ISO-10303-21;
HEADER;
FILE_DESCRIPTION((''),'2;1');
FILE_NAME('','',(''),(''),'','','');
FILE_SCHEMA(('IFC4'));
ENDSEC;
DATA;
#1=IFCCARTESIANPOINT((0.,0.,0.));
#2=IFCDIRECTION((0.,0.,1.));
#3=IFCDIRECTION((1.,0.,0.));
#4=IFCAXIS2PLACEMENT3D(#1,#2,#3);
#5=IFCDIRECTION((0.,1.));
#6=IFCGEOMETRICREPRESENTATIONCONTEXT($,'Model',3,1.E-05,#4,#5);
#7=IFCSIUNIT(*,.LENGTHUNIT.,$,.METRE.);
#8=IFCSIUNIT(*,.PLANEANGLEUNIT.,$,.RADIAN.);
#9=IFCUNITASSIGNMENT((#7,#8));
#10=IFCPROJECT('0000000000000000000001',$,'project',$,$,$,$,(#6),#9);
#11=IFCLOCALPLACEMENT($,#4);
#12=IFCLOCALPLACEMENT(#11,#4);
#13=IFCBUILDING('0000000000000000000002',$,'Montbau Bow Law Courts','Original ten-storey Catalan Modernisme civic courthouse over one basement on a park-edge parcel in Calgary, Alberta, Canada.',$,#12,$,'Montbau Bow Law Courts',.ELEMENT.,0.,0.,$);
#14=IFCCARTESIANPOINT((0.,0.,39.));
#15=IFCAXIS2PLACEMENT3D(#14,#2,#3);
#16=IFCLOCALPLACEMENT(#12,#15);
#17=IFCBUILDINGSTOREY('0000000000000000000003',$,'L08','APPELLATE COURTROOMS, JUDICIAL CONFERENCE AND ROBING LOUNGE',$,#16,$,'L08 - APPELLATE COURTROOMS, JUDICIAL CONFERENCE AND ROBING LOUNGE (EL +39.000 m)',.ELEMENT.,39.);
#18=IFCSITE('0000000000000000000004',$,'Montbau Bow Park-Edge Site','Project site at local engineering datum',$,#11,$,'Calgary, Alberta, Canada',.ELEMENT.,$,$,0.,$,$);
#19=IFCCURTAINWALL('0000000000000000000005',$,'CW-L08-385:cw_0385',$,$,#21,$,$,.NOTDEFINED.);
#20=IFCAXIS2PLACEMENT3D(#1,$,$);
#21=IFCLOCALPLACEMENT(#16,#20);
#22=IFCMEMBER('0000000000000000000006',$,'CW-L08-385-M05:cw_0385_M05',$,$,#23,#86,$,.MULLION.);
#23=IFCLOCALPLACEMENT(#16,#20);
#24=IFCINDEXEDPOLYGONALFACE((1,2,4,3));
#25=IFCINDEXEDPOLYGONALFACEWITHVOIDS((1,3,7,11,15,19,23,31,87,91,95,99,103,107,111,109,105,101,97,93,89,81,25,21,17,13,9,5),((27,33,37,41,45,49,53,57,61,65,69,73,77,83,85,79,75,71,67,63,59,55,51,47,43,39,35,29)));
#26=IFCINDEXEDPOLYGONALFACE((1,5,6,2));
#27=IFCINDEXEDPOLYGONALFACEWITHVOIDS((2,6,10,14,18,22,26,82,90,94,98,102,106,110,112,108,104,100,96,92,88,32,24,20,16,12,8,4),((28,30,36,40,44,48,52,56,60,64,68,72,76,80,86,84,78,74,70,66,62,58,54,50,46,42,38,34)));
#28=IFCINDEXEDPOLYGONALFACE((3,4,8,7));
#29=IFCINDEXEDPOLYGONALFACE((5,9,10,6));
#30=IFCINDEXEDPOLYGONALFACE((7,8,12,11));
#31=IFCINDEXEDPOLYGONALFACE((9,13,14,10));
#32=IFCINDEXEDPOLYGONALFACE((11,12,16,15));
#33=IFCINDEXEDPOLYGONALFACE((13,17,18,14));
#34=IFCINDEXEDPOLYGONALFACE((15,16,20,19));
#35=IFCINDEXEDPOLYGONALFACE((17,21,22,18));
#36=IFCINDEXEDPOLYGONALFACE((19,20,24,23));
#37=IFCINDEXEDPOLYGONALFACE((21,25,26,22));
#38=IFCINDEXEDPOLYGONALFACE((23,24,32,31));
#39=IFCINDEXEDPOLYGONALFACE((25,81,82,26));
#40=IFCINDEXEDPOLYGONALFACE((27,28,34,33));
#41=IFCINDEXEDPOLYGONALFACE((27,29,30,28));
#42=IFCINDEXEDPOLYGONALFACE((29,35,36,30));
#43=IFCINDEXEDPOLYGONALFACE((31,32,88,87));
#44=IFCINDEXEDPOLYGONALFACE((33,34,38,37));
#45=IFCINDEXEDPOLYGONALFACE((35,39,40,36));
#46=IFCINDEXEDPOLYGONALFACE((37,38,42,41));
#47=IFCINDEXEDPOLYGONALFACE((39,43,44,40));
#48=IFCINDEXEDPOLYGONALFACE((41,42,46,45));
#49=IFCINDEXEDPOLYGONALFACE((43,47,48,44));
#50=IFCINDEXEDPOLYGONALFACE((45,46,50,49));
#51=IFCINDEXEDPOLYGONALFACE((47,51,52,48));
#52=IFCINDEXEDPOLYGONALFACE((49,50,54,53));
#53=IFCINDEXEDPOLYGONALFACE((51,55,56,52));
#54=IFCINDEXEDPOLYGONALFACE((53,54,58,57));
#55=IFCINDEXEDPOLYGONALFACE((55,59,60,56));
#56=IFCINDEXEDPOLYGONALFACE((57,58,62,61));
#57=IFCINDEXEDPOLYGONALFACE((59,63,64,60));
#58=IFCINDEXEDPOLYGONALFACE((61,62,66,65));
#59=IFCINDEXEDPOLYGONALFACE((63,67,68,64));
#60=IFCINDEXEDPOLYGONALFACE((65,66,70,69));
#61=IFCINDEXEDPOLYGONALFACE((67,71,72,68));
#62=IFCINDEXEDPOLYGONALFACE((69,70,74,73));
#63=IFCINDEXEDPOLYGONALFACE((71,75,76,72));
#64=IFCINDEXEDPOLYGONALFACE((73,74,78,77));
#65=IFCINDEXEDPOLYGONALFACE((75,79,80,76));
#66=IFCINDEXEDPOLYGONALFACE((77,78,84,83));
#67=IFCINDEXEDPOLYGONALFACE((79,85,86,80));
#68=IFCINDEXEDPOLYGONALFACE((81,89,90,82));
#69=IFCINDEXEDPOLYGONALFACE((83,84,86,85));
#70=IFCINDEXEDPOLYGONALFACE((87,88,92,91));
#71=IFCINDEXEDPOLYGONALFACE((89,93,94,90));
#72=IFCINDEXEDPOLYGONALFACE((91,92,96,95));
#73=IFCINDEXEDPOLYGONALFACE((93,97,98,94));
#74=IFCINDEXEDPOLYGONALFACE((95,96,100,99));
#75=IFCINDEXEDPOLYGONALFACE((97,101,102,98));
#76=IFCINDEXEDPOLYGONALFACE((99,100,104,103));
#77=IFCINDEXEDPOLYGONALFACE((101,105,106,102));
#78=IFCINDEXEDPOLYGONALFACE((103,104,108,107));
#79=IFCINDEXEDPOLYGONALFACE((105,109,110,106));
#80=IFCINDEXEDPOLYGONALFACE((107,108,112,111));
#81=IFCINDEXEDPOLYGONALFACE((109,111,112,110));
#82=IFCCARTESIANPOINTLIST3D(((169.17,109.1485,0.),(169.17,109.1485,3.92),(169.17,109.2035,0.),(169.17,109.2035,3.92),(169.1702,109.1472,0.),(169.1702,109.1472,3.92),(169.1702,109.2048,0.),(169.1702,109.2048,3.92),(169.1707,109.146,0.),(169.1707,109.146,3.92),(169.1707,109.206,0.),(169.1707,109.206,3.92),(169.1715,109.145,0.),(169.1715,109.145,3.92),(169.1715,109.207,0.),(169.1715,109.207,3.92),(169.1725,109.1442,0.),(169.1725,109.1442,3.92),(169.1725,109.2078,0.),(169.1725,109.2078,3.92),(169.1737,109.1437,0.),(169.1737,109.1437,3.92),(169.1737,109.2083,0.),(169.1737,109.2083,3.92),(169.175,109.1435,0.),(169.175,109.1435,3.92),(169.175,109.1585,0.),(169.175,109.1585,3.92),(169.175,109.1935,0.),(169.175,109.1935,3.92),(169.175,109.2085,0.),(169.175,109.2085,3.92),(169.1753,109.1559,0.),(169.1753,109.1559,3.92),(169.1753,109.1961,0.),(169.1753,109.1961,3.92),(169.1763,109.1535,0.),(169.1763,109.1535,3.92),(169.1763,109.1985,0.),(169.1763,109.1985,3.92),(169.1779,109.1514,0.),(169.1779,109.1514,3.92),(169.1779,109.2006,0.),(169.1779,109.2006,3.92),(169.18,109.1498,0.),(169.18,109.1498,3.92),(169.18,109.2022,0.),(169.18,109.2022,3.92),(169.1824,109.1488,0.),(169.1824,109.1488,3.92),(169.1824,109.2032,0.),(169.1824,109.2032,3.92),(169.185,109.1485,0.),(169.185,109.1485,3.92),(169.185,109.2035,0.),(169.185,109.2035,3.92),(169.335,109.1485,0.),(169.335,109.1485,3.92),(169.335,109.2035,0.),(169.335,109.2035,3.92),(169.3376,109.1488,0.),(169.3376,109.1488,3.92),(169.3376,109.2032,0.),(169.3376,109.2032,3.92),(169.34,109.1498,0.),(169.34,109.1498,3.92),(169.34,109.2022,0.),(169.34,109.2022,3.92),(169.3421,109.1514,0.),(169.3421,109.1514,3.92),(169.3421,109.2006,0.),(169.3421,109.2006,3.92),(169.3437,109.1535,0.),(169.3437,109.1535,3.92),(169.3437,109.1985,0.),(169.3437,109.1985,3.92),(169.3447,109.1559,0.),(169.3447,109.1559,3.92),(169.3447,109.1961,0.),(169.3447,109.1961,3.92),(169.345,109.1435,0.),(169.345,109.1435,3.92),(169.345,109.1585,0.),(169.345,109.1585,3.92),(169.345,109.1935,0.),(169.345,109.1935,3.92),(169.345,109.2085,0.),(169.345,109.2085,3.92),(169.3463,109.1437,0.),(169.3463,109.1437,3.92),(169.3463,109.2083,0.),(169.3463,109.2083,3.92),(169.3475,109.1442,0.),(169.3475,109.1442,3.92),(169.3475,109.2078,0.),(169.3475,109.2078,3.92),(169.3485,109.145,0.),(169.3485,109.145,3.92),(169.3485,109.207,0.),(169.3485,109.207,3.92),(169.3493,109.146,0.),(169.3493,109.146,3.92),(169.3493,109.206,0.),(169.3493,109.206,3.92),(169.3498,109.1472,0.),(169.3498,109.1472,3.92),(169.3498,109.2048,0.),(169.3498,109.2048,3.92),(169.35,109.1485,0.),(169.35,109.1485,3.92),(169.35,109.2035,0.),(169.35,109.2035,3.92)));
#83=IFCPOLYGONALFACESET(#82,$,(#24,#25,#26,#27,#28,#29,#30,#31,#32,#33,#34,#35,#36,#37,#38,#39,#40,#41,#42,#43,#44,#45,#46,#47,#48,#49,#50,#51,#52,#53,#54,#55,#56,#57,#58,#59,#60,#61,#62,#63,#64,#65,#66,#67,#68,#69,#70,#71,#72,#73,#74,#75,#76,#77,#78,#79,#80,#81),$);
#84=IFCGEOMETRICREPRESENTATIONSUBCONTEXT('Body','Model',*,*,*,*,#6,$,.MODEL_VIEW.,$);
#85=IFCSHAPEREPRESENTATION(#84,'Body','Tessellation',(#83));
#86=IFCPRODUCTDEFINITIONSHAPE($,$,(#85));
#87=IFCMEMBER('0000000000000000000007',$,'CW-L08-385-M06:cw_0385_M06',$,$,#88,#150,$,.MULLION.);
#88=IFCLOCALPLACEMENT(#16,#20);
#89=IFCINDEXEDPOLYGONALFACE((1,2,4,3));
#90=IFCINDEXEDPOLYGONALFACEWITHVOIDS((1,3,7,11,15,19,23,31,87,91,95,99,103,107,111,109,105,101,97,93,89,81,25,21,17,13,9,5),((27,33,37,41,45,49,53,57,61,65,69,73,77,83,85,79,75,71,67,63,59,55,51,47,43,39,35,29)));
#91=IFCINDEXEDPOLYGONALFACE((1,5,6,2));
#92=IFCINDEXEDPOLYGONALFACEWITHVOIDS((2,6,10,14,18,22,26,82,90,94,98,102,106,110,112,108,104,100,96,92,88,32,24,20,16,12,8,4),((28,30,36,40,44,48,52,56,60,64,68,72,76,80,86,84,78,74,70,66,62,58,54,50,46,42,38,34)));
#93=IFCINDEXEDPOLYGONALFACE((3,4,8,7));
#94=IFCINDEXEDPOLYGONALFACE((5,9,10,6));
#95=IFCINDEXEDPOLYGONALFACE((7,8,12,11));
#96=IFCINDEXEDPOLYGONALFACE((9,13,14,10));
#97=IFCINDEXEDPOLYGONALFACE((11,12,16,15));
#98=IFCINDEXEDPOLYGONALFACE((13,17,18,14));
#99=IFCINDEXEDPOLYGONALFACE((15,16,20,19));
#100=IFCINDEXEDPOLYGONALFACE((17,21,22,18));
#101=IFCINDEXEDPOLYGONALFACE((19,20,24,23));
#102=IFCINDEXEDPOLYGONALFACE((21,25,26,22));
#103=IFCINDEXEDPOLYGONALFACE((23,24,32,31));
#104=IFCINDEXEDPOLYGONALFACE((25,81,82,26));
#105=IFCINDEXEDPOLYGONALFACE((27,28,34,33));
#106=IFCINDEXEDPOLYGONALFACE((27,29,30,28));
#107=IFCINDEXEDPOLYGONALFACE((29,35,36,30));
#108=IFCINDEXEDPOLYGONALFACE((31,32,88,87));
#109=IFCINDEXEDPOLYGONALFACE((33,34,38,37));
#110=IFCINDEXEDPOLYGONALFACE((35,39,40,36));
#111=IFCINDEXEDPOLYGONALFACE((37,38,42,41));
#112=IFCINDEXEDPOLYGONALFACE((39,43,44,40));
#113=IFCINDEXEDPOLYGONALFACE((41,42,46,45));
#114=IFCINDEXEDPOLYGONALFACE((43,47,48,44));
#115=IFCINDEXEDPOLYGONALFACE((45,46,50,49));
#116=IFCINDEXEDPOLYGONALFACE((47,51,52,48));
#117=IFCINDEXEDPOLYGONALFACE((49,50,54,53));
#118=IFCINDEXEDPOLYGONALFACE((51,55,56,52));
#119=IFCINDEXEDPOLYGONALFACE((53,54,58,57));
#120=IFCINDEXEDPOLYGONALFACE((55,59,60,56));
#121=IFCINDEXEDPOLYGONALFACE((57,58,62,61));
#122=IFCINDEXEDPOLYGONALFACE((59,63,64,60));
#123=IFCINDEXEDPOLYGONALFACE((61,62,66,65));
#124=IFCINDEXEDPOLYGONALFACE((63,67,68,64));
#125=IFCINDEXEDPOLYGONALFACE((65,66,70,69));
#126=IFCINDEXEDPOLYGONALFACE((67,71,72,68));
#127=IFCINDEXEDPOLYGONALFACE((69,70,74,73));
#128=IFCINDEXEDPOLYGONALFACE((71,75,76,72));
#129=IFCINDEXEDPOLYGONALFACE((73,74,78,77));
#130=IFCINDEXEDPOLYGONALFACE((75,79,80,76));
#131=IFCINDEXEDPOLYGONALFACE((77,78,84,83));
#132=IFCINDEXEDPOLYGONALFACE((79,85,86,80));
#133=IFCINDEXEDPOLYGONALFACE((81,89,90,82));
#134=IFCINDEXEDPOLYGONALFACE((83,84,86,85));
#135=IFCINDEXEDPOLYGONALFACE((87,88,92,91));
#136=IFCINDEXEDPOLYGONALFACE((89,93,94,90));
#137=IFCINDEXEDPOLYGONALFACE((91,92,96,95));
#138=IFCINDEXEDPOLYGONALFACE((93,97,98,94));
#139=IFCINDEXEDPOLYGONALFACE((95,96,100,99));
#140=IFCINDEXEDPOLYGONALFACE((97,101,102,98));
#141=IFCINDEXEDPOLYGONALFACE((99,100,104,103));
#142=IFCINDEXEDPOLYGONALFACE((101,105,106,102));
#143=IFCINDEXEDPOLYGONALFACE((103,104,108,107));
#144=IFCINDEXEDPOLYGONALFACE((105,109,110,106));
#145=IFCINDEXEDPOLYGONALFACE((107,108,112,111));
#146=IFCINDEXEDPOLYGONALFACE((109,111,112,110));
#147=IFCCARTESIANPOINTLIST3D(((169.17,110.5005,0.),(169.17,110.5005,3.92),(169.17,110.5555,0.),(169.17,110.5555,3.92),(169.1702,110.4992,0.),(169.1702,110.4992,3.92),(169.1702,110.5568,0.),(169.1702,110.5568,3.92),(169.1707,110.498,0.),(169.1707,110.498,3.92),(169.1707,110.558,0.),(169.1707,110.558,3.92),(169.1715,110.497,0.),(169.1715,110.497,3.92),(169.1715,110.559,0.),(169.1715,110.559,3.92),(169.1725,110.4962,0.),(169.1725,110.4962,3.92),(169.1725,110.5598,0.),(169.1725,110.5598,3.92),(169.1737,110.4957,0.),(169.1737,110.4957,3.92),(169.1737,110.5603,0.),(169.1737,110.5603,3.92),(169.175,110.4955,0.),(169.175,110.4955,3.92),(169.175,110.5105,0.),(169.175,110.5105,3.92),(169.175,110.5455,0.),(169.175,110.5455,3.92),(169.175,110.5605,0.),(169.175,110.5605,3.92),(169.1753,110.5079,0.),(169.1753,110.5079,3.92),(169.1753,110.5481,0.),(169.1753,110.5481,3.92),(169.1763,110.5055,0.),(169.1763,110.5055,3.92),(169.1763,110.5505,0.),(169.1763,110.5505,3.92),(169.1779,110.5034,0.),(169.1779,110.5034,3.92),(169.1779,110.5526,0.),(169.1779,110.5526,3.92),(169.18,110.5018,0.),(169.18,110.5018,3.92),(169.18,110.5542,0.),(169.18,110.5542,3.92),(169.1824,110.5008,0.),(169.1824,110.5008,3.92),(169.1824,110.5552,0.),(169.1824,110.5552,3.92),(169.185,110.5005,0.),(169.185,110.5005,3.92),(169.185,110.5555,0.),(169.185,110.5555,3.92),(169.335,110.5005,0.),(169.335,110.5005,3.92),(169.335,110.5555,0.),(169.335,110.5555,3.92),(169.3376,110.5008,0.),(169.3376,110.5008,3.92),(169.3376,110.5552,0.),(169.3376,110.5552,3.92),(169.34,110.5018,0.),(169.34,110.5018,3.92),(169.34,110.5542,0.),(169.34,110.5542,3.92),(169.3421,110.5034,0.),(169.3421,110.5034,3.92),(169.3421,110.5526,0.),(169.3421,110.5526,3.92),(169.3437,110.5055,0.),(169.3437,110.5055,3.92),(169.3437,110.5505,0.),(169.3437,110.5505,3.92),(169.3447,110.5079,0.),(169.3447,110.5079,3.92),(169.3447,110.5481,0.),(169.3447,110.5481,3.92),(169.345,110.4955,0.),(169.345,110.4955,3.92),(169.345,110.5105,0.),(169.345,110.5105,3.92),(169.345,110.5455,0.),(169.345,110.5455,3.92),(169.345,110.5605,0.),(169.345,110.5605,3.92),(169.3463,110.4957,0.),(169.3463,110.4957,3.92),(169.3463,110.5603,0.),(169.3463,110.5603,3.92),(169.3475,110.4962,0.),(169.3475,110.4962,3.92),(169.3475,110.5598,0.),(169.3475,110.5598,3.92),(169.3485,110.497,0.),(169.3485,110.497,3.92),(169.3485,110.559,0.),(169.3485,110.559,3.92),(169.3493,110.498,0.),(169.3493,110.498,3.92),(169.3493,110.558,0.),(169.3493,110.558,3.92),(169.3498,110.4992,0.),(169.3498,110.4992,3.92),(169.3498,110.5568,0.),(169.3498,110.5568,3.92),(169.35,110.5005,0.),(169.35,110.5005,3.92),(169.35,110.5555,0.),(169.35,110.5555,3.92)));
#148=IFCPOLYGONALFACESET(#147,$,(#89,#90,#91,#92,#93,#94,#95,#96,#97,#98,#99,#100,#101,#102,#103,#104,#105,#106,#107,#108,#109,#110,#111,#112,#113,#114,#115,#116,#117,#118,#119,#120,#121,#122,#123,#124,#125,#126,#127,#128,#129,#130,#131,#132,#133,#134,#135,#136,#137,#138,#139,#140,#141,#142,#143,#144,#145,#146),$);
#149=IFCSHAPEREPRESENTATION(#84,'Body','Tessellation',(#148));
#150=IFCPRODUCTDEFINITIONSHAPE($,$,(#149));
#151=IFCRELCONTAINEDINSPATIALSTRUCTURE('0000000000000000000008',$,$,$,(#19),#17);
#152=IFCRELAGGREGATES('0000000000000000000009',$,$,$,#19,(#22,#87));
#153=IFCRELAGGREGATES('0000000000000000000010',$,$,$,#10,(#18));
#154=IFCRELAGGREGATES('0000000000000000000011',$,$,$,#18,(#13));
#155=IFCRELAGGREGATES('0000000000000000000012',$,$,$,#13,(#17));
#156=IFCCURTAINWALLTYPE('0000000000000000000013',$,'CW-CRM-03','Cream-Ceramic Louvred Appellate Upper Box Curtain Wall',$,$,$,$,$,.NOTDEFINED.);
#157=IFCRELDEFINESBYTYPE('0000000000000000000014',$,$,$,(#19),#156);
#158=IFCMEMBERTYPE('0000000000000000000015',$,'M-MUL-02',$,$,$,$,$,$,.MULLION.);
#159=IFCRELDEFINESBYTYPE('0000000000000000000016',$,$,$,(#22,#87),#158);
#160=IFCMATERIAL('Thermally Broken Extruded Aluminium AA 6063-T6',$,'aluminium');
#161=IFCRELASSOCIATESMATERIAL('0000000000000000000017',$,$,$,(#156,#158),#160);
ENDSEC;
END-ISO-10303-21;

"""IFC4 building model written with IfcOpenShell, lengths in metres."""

from ifc_helpers import new_model, si_unit, direction, frame, origin_with_axes, origin_2d_with_axis, place, context, subcontext, project, spatial, hollow_rectangle, extrude, material, material_profile, profile_set, type_object, element, aggregate, save


model = new_model("IFC4")

# Units and contexts
model_context = context("Model", 3, precision=1e-05, world=origin_with_axes(), true_north=direction((0.0, 1.0)))
body_context = subcontext(model_context, "Body", "Model", "MODEL_VIEW")
ifc_project = project(units=[si_unit("LENGTHUNIT", "METRE"), si_unit("PLANEANGLEUNIT", "RADIAN")], contexts=[model_context])

# Site, building, storey
site_placement = place(None, origin_with_axes())
site = spatial("IfcSite", under=ifc_project, at=site_placement, Name="Montbau Bow Park-Edge Site", Description="Project site at local engineering datum", LongName="Calgary, Alberta, Canada", CompositionType="ELEMENT", RefElevation=0.0)
building_placement = place(site_placement, origin_with_axes())
building = spatial("IfcBuilding", under=site, at=building_placement, Name="Montbau Bow Law Courts", Description="Original ten-storey Catalan Modernisme civic courthouse over one basement on a park-edge parcel in Calgary, Alberta, Canada.", LongName="Montbau Bow Law Courts", CompositionType="ELEMENT", ElevationOfRefHeight=0.0, ElevationOfTerrain=0.0)
storey_placement = place(building_placement, frame((0.0, 0.0, 39.0), z_axis=(0.0, 0.0, 1.0), x_axis=(1.0, 0.0, 0.0)))
storey = spatial("IfcBuildingStorey", under=building, at=storey_placement, Name="L08", Description="APPELLATE COURTROOMS, JUDICIAL CONFERENCE AND ROBING LOUNGE", LongName="L08 - APPELLATE COURTROOMS, JUDICIAL CONFERENCE AND ROBING LOUNGE (EL +39.000 m)", CompositionType="ELEMENT", Elevation=39.0)

# Curtain wall, members
ifc_material_1 = material(Name="Thermally Broken Extruded Aluminium AA 6063-T6", Category="aluminium")
curtain_wall_type = type_object("IfcCurtainWallType", Name="CW-CRM-03", Description="Cream-Ceramic Louvred Appellate Upper Box Curtain Wall", PredefinedType="NOTDEFINED", material=ifc_material_1)
ifc_material_profile_1 = material_profile(ifc_material_1, hollow_rectangle(XDim=0.065, YDim=0.18, WallThickness=0.005, InnerFilletRadius=0.01, OuterFilletRadius=0.005, at=origin_2d_with_axis()), Name="CWM-180X65", Category="Main", Priority=0)
ifc_profile_set_1 = profile_set([ifc_material_profile_1], Name="Thermally Broken Extruded Aluminium AA 6063-T6")
member_type_1 = type_object("IfcMemberType", Name="M-MUL-02", PredefinedType="MULLION", material=ifc_profile_set_1)
curtain_wall_1_placement = place(None, frame((169.26, 103.64, 39.0), z_axis=(0.0, 0.0, 1.0), x_axis=(1.0, 0.0, 0.0)))
curtain_wall_1 = element("IfcCurtainWall", 1, at=curtain_wall_1_placement, inside=storey, type_object=curtain_wall_type, Name="CW-L08-385:cw_0385", PredefinedType="NOTDEFINED")
member_1_placement = place(None, frame((169.26, 109.176, 39.0), z_axis=(0.0, 0.0, 1.0), x_axis=(0.0, 1.0, 0.0)))
member_1 = element("IfcMember", 2, at=member_1_placement, type_object=member_type_1, Name="CW-L08-385-M05:cw_0385_M05", PredefinedType="MULLION", context=body_context, shape_type="SweptSolid", body=[
    extrude(hollow_rectangle(XDim=0.065, YDim=0.18, WallThickness=0.005, InnerFilletRadius=0.01, OuterFilletRadius=0.005, at=origin_2d_with_axis()), origin_with_axes(), (0.0, 0.0, 1.0), 3.92),
])
member_2_placement = place(None, frame((169.26, 110.528, 39.0), z_axis=(0.0, 0.0, 1.0), x_axis=(0.0, 1.0, 0.0)))
member_2 = element("IfcMember", 3, at=member_2_placement, type_object=member_type_1, Name="CW-L08-385-M06:cw_0385_M06", PredefinedType="MULLION", context=body_context, shape_type="SweptSolid", body=[
    extrude(hollow_rectangle(XDim=0.065, YDim=0.18, WallThickness=0.005, InnerFilletRadius=0.01, OuterFilletRadius=0.005, at=origin_2d_with_axis()), origin_with_axes(), (0.0, 0.0, 1.0), 3.92),
])

aggregate(curtain_wall_1, [member_1, member_2])

save(model, "model.ifc")
